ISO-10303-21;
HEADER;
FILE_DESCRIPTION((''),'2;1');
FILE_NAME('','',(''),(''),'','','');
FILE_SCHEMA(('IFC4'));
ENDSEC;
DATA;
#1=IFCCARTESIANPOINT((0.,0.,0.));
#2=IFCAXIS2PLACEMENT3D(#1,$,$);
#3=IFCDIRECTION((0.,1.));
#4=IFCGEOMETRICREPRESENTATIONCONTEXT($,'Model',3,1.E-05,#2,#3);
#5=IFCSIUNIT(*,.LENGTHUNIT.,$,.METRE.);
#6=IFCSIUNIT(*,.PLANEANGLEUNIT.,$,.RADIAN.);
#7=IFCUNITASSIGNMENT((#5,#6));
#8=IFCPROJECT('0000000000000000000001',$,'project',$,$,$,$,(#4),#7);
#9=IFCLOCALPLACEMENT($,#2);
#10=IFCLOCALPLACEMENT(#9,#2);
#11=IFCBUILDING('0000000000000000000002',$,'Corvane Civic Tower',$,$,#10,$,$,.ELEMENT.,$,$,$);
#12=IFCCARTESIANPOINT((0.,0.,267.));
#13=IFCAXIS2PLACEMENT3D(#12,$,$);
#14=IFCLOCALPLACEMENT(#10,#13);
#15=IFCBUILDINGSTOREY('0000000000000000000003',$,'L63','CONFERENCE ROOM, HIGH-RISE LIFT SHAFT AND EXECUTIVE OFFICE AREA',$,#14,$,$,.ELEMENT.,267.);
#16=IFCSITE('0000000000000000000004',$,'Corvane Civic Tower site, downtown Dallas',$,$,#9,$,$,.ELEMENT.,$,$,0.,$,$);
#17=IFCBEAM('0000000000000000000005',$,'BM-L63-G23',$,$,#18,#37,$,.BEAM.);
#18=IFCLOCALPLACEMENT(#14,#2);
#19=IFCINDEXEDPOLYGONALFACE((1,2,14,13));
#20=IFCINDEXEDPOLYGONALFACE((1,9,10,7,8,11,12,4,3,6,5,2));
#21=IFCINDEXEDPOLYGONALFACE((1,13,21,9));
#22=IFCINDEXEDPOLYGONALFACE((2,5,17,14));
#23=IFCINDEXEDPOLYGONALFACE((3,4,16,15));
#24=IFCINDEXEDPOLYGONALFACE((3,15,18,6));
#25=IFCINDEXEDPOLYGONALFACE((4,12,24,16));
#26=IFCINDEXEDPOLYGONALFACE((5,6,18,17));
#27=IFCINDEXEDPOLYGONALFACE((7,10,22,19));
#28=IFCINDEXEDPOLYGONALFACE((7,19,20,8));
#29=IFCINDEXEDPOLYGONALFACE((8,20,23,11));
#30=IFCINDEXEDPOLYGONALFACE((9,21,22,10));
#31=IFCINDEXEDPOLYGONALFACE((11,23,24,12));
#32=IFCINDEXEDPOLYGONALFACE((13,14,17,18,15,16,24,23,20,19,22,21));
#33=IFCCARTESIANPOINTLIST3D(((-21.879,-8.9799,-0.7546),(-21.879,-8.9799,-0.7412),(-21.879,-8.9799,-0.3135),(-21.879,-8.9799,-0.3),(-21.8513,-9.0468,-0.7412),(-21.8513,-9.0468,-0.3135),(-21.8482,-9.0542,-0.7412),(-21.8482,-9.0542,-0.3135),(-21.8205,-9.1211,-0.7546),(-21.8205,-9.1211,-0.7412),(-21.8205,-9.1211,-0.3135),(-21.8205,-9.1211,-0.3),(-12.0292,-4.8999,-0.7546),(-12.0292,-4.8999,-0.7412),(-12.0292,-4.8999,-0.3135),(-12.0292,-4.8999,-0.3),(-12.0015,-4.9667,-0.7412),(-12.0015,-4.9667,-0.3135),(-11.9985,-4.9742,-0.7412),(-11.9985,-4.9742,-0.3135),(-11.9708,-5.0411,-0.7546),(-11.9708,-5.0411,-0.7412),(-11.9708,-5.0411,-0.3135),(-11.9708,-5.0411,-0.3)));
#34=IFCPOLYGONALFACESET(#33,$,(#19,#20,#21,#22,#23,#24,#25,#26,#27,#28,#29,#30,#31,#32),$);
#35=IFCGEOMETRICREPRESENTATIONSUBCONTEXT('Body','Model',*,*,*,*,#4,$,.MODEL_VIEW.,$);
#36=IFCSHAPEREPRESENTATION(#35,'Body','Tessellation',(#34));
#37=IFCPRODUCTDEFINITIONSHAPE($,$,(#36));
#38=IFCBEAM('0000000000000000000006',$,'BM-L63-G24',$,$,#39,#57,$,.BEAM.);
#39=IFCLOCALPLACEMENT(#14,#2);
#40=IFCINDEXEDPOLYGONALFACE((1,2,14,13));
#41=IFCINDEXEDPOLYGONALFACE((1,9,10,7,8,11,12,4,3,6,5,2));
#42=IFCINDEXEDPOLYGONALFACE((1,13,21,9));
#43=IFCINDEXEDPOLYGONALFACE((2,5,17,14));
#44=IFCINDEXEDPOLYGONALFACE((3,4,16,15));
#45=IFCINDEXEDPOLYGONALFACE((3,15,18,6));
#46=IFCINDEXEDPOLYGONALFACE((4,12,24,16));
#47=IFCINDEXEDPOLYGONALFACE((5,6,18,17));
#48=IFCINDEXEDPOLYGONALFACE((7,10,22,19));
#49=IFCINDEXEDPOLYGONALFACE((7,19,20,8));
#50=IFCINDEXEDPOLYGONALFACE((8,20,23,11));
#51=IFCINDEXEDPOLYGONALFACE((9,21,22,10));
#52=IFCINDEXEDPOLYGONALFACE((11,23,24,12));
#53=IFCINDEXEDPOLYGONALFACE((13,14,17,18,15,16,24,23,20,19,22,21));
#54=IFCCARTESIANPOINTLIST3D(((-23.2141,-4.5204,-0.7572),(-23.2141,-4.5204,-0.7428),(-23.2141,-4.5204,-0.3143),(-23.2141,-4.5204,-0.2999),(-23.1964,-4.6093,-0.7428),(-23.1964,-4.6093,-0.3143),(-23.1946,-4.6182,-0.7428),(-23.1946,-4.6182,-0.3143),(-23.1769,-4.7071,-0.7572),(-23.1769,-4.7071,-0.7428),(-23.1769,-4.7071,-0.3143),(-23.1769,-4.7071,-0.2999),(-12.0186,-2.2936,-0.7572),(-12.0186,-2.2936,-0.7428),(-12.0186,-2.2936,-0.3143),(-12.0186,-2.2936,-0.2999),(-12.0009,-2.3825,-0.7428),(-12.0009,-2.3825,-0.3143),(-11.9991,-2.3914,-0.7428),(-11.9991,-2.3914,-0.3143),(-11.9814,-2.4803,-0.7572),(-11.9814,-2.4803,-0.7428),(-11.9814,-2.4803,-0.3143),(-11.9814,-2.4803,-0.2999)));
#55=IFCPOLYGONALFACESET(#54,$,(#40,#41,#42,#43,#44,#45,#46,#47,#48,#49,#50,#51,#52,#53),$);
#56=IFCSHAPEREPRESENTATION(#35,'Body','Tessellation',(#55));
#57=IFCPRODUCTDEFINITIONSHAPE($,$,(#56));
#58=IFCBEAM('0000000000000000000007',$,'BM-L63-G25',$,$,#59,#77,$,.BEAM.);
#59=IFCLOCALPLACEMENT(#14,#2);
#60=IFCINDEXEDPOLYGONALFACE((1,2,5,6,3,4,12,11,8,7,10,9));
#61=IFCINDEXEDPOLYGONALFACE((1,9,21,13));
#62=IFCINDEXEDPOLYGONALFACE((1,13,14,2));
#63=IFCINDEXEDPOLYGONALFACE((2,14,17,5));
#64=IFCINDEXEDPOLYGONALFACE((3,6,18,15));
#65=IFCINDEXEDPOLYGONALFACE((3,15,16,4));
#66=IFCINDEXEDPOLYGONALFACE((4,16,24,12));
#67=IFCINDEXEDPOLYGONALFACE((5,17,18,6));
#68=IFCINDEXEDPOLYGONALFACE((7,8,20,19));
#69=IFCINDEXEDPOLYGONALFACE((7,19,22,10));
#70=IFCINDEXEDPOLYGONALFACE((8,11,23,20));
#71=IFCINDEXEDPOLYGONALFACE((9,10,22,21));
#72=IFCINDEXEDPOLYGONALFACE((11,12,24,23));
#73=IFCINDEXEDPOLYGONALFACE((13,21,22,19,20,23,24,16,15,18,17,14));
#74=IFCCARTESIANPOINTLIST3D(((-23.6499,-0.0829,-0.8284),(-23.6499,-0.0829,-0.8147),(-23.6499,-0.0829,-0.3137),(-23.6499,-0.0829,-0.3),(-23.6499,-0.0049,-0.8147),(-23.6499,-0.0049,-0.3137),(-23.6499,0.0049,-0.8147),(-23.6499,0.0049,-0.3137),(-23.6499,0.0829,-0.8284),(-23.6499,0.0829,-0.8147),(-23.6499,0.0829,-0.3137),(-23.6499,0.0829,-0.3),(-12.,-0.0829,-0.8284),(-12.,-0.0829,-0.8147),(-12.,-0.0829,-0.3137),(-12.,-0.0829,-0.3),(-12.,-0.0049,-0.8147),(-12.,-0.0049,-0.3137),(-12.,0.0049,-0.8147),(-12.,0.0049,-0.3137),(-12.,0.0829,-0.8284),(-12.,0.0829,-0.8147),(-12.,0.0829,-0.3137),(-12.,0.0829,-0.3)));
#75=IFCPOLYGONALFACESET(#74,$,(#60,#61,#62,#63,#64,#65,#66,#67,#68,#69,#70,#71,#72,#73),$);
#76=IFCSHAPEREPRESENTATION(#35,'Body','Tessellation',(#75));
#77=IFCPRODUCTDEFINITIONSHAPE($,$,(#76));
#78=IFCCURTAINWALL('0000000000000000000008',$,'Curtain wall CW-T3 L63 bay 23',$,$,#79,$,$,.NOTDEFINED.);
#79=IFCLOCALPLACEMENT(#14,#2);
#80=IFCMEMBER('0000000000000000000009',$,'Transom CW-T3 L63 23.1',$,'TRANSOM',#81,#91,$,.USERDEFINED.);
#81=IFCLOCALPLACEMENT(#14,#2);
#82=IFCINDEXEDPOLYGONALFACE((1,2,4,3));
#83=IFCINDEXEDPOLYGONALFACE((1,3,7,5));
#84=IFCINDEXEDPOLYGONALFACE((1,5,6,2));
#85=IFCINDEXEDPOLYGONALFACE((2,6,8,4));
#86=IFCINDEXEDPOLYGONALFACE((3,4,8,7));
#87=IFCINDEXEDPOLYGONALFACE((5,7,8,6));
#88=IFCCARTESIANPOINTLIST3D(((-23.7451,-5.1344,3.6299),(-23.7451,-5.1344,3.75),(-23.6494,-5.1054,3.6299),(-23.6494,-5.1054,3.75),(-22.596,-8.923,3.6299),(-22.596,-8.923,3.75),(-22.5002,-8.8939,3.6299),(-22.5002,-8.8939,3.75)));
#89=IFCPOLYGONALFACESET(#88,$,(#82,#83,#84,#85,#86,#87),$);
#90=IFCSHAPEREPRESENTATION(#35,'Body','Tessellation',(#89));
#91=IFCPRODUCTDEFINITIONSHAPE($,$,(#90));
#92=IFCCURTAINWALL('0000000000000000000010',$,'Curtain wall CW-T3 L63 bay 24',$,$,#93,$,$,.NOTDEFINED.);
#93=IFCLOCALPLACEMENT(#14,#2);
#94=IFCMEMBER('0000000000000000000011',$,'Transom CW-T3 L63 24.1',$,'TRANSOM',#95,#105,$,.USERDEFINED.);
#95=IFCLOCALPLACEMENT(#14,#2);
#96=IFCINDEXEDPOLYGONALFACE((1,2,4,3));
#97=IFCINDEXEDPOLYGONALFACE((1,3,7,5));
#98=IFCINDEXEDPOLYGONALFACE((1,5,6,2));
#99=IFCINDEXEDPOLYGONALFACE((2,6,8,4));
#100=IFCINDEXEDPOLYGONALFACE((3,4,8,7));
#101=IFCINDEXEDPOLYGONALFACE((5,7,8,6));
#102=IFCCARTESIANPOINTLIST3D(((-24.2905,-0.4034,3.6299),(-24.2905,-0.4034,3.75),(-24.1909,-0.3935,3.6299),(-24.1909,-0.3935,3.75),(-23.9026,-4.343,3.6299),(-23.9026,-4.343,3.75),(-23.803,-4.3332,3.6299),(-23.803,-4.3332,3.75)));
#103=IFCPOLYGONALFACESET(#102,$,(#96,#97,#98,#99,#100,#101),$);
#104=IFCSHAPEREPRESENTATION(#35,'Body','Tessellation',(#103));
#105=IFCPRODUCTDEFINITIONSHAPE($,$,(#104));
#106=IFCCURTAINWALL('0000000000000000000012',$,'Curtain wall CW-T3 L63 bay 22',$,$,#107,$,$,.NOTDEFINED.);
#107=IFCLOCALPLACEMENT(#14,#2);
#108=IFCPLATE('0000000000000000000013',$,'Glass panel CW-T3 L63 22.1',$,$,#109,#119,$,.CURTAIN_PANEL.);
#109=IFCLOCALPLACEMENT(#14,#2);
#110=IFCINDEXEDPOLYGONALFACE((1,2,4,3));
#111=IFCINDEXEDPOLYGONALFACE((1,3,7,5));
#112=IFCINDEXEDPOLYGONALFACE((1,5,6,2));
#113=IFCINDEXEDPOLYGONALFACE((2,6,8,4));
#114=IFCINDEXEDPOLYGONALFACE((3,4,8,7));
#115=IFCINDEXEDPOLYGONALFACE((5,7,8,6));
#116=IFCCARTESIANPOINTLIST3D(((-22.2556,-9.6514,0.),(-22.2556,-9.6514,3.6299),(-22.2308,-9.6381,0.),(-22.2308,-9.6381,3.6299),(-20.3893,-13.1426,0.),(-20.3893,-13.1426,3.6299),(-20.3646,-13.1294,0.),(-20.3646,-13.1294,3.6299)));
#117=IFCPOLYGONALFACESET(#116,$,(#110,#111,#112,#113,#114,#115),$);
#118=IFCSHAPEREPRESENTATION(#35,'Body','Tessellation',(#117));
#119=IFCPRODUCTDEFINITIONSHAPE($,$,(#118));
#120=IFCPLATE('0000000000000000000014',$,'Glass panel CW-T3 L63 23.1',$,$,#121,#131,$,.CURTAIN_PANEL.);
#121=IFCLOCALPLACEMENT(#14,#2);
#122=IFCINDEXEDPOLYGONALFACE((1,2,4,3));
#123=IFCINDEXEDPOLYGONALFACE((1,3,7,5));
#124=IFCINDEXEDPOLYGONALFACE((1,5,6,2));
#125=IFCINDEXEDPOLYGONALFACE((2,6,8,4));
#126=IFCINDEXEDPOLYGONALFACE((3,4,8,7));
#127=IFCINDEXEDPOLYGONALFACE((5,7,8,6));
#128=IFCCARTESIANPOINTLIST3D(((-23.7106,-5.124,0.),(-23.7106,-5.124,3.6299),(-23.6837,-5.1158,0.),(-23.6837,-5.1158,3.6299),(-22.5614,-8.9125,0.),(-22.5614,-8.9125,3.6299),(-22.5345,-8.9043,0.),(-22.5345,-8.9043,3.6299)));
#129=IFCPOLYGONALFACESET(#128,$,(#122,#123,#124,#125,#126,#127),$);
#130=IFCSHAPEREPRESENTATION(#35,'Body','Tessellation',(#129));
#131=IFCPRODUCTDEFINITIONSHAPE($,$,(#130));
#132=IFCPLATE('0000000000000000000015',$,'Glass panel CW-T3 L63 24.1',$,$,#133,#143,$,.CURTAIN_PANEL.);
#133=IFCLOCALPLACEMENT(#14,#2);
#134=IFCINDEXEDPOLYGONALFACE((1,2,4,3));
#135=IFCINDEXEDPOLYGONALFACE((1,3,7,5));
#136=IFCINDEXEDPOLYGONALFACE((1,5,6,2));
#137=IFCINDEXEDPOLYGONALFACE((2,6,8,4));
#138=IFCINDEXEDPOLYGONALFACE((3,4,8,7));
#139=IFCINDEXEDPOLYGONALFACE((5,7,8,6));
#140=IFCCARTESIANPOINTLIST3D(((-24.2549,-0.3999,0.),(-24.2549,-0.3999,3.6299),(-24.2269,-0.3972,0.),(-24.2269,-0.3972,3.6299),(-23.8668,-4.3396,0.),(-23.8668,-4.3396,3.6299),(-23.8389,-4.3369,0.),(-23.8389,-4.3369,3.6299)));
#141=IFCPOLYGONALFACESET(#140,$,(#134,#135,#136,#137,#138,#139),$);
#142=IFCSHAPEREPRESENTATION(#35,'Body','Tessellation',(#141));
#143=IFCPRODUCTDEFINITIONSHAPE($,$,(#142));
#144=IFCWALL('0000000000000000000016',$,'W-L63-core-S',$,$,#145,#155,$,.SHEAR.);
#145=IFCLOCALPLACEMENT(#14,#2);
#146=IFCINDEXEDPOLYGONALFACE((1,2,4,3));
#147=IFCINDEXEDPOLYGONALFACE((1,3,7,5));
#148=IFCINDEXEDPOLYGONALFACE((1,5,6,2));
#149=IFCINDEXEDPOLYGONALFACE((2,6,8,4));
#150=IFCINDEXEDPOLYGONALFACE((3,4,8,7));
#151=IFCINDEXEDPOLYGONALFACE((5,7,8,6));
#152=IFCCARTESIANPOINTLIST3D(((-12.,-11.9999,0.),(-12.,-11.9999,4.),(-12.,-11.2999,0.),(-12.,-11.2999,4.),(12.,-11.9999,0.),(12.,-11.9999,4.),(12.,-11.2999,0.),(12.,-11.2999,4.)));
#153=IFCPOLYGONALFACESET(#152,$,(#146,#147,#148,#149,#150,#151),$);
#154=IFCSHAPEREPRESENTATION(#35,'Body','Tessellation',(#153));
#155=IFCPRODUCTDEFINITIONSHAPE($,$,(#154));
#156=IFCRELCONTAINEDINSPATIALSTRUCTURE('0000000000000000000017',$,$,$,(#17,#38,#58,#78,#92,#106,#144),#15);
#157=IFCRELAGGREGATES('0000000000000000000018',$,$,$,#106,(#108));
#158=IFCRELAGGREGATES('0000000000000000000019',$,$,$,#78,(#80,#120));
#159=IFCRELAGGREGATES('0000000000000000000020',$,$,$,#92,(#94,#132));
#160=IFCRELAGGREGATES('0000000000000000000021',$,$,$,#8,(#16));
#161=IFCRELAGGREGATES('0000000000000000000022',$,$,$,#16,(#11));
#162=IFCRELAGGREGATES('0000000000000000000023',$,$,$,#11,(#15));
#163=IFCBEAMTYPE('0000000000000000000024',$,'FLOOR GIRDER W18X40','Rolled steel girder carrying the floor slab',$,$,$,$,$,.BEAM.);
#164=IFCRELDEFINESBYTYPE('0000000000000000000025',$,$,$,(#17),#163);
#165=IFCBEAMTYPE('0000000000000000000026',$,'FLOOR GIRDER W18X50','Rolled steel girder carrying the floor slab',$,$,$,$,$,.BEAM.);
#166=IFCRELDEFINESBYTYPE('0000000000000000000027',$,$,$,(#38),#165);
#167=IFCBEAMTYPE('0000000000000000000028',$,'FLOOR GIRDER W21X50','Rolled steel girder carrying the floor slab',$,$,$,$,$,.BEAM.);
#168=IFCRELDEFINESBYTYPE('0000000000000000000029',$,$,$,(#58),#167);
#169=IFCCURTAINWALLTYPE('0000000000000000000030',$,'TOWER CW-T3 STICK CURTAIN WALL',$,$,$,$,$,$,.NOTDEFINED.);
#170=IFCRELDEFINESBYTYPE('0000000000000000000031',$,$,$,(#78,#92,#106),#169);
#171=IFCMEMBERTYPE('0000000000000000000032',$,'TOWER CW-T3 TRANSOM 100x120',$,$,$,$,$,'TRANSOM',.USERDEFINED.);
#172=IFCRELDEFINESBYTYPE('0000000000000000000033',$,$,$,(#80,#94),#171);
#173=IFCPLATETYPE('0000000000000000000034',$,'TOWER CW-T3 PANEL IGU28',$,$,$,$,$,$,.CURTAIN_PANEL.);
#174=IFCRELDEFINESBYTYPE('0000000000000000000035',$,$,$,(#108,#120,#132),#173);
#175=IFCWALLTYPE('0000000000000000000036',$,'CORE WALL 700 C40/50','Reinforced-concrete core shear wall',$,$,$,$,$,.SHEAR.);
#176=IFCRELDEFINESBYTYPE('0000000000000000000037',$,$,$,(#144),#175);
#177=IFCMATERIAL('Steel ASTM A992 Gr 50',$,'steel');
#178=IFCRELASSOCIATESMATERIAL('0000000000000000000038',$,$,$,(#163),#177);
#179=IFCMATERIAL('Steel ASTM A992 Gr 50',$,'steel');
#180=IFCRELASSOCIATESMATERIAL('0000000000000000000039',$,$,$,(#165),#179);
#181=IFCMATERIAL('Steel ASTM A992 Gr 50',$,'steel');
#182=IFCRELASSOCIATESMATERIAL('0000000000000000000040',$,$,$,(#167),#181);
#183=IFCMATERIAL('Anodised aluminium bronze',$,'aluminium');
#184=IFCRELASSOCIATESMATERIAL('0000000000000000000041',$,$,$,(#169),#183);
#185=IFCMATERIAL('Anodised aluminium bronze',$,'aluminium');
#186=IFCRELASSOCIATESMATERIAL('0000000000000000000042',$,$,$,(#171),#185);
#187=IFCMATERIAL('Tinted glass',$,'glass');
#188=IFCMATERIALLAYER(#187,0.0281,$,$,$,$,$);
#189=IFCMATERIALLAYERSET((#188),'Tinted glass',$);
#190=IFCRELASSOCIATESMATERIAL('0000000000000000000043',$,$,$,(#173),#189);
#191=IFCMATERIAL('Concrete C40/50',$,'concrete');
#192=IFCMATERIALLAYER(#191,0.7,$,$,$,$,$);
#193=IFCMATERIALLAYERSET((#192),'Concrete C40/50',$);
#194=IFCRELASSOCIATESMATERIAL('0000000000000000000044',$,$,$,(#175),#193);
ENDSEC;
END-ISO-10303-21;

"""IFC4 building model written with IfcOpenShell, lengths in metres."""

from ifc_helpers import new_model, si_unit, direction, frame, frame_2d, origin, origin_2d, place, context, subcontext, project, spatial, rectangle, i_section, extrude, material, layer, layer_set, material_profile, profile_set, type_object, element, aggregate, save


model = new_model("IFC4")

# Units and contexts
model_context = context("Model", 3, precision=1e-05, world=origin(), true_north=direction((0.0, 1.0)))
body_context = subcontext(model_context, "Body", "Model", "MODEL_VIEW")
ifc_project = project(units=[si_unit("LENGTHUNIT", "METRE"), si_unit("PLANEANGLEUNIT", "RADIAN")], contexts=[model_context])

# Site, building, storey
site_placement = place(None, origin())
site = spatial("IfcSite", under=ifc_project, at=site_placement, Name="Corvane Civic Tower site, downtown Dallas", CompositionType="ELEMENT", RefElevation=0.0)
building_placement = place(site_placement, origin())
building = spatial("IfcBuilding", under=site, at=building_placement, Name="Corvane Civic Tower", CompositionType="ELEMENT")
storey_placement = place(building_placement, frame((0.0, 0.0, 267.0)))
storey = spatial("IfcBuildingStorey", under=building, at=storey_placement, Name="L63", Description="CONFERENCE ROOM, HIGH-RISE LIFT SHAFT AND EXECUTIVE OFFICE AREA", CompositionType="ELEMENT", Elevation=267.0)

# Beams
ifc_material_1 = material(Name="Steel ASTM A992 Gr 50", Category="steel")
ifc_material_profile_1 = material_profile(ifc_material_1, i_section(OverallWidth=0.1528, OverallDepth=0.4546, WebThickness=0.0081, FlangeThickness=0.0134, at=origin_2d()), Name="W18X40")
ifc_profile_set_1 = profile_set([ifc_material_profile_1], Name="Steel ASTM A992 Gr 50")
beam_type_1 = type_object("IfcBeamType", Name="FLOOR GIRDER W18X40", Description="Rolled steel girder carrying the floor slab", PredefinedType="BEAM", material=ifc_profile_set_1)
beam_1_placement = place(storey_placement, frame((-12.0, -4.9705, -0.5273), z_axis=(-0.923875, -0.382694, 0.0), x_axis=(0.382694, -0.923875, 0.0)))
element("IfcBeam", 1, at=beam_1_placement, inside=storey, type_object=beam_type_1, Name="BM-L63-G23", PredefinedType="BEAM", context=body_context, shape_type="SweptSolid", body=[
    extrude(i_section(OverallWidth=0.1528, OverallDepth=0.4546, WebThickness=0.0081, FlangeThickness=0.0134, at=origin_2d()), origin(), (0.0, 0.0, 1.0), 10.6614),
])
ifc_material_2 = material(Name="Steel ASTM A992 Gr 50", Category="steel")
ifc_material_profile_2 = material_profile(ifc_material_2, i_section(OverallWidth=0.1904, OverallDepth=0.4573, WebThickness=0.009, FlangeThickness=0.0144, at=origin_2d()), Name="W18X50")
ifc_profile_set_2 = profile_set([ifc_material_profile_2], Name="Steel ASTM A992 Gr 50")
beam_type_2 = type_object("IfcBeamType", Name="FLOOR GIRDER W18X50", Description="Rolled steel girder carrying the floor slab", PredefinedType="BEAM", material=ifc_profile_set_2)
beam_2_placement = place(storey_placement, frame((-12.0, -2.387, -0.5286), z_axis=(-0.980787, -0.19508, 0.0), x_axis=(0.19508, -0.980787, 0.0)))
element("IfcBeam", 2, at=beam_2_placement, inside=storey, type_object=beam_type_2, Name="BM-L63-G24", PredefinedType="BEAM", context=body_context, shape_type="SweptSolid", body=[
    extrude(i_section(OverallWidth=0.1904, OverallDepth=0.4573, WebThickness=0.009, FlangeThickness=0.0144, at=origin_2d()), origin(), (0.0, 0.0, 1.0), 11.4148),
])
ifc_material_3 = material(Name="Steel ASTM A992 Gr 50", Category="steel")
ifc_material_profile_3 = material_profile(ifc_material_3, i_section(OverallWidth=0.1658, OverallDepth=0.5283, WebThickness=0.0098, FlangeThickness=0.0137, at=origin_2d()), Name="W21X50")
ifc_profile_set_3 = profile_set([ifc_material_profile_3], Name="Steel ASTM A992 Gr 50")
beam_type_3 = type_object("IfcBeamType", Name="FLOOR GIRDER W21X50", Description="Rolled steel girder carrying the floor slab", PredefinedType="BEAM", material=ifc_profile_set_3)
beam_3_placement = place(storey_placement, frame((-12.0, 0.0, -0.5642), z_axis=(-1.0, 0.0, 0.0), x_axis=(0.0, -1.0, 0.0)))
element("IfcBeam", 3, at=beam_3_placement, inside=storey, type_object=beam_type_3, Name="BM-L63-G25", PredefinedType="BEAM", context=body_context, shape_type="SweptSolid", body=[
    extrude(i_section(OverallWidth=0.1658, OverallDepth=0.5283, WebThickness=0.0098, FlangeThickness=0.0137, at=origin_2d()), origin(), (0.0, 0.0, 1.0), 11.6499),
])

# Curtain walls, members
ifc_material_4 = material(Name="Anodised aluminium bronze", Category="aluminium")
curtain_wall_type = type_object("IfcCurtainWallType", Name="TOWER CW-T3 STICK CURTAIN WALL", PredefinedType="NOTDEFINED", material=ifc_material_4)
curtain_wall_1_placement = place(storey_placement, origin())
curtain_wall_1 = element("IfcCurtainWall", 4, at=curtain_wall_1_placement, inside=storey, type_object=curtain_wall_type, Name="Curtain wall CW-T3 L63 bay 23", PredefinedType="NOTDEFINED")
ifc_material_5 = material(Name="Anodised aluminium bronze", Category="aluminium")
ifc_material_profile_4 = material_profile(ifc_material_5, rectangle(XDim=0.1001, YDim=0.1201, at=origin_2d()), Name="TOWER CW-T3 TRANSOM 100x120")
ifc_profile_set_4 = profile_set([ifc_material_profile_4], Name="Anodised aluminium bronze")
member_type = type_object("IfcMemberType", Name="TOWER CW-T3 TRANSOM 100x120", ElementType="TRANSOM", PredefinedType="USERDEFINED", material=ifc_profile_set_4)
member_1_placement = place(storey_placement, frame((-22.5481, -8.9084, 3.6899), z_axis=(-0.290266, 0.956946, 0.0), x_axis=(-0.956946, -0.290266, 0.0)))
member_1 = element("IfcMember", 5, at=member_1_placement, type_object=member_type, Name="Transom CW-T3 L63 23.1", ObjectType="TRANSOM", PredefinedType="USERDEFINED", context=body_context, shape_type="SweptSolid", body=[
    extrude(rectangle(XDim=0.1001, YDim=0.1201, at=origin_2d()), origin(), (0.0, 0.0, 1.0), 3.959),
])
curtain_wall_2_placement = place(storey_placement, origin())
curtain_wall_2 = element("IfcCurtainWall", 6, at=curtain_wall_2_placement, inside=storey, type_object=curtain_wall_type, Name="Curtain wall CW-T3 L63 bay 24", PredefinedType="NOTDEFINED")
member_2_placement = place(storey_placement, frame((-23.8528, -4.3381, 3.6899), z_axis=(-0.097995, 0.995187, 0.0), x_axis=(-0.995187, -0.097995, 0.0)))
member_2 = element("IfcMember", 7, at=member_2_placement, type_object=member_type, Name="Transom CW-T3 L63 24.1", ObjectType="TRANSOM", PredefinedType="USERDEFINED", context=body_context, shape_type="SweptSolid", body=[
    extrude(rectangle(XDim=0.1001, YDim=0.1201, at=origin_2d()), origin(), (0.0, 0.0, 1.0), 3.9587),
])

# Curtain wall, plate
curtain_wall_3_placement = place(storey_placement, origin())
curtain_wall_3 = element("IfcCurtainWall", 8, at=curtain_wall_3_placement, inside=storey, type_object=curtain_wall_type, Name="Curtain wall CW-T3 L63 bay 22", PredefinedType="NOTDEFINED")
ifc_material_6 = material(Name="Tinted glass", Category="glass")
ifc_layer_1 = layer(ifc_material_6, 0.0281)
ifc_layer_set_1 = layer_set([ifc_layer_1], Name="Tinted glass")
plate_type = type_object("IfcPlateType", Name="TOWER CW-T3 PANEL IGU28", PredefinedType="CURTAIN_PANEL", material=ifc_layer_set_1)
plate_1_placement = place(storey_placement, frame((-21.3101, -11.3904, 0.0), z_axis=(0.0, 0.0, 1.0), x_axis=(-0.471421, 0.881908, 0.0)))
plate_1 = element("IfcPlate", 9, at=plate_1_placement, type_object=plate_type, Name="Glass panel CW-T3 L63 22.1", PredefinedType="CURTAIN_PANEL", context=body_context, shape_type="SweptSolid", body=[
    extrude(rectangle(XDim=3.9587, YDim=0.0281, at=origin_2d()), origin(), (0.0, 0.0, 1.0), 3.6299),
])
aggregate(curtain_wall_3, [plate_1])

# Plates
plate_2_placement = place(storey_placement, frame((-23.1226, -7.0142, 0.0), z_axis=(0.0, 0.0, 1.0), x_axis=(-0.290274, 0.956944, 0.0)))
plate_2 = element("IfcPlate", 10, at=plate_2_placement, type_object=plate_type, Name="Glass panel CW-T3 L63 23.1", PredefinedType="CURTAIN_PANEL", context=body_context, shape_type="SweptSolid", body=[
    extrude(rectangle(XDim=3.959, YDim=0.0281, at=origin_2d()), origin(), (0.0, 0.0, 1.0), 3.6299),
])
aggregate(curtain_wall_1, [member_1, plate_2])
plate_3_placement = place(storey_placement, frame((-24.0469, -2.3684, 0.0), z_axis=(0.0, 0.0, 1.0), x_axis=(-0.098021, 0.995184, 0.0)))
plate_3 = element("IfcPlate", 11, at=plate_3_placement, type_object=plate_type, Name="Glass panel CW-T3 L63 24.1", PredefinedType="CURTAIN_PANEL", context=body_context, shape_type="SweptSolid", body=[
    extrude(rectangle(XDim=3.9587, YDim=0.0281, at=origin_2d()), origin(), (0.0, 0.0, 1.0), 3.6299),
])
aggregate(curtain_wall_2, [member_2, plate_3])

# Wall
ifc_material_7 = material(Name="Concrete C40/50", Category="concrete")
ifc_layer_2 = layer(ifc_material_7, 0.7)
ifc_layer_set_2 = layer_set([ifc_layer_2], Name="Concrete C40/50")
wall_type = type_object("IfcWallType", Name="CORE WALL 700 C40/50", Description="Reinforced-concrete core shear wall", PredefinedType="SHEAR", material=ifc_layer_set_2)
wall_1_placement = place(storey_placement, frame((-12.0, -11.6499, 0.0), z_axis=(0.0, 0.0, 1.0), x_axis=(1.0, 0.0, 0.0)))
element("IfcWall", 12, at=wall_1_placement, inside=storey, type_object=wall_type, Name="W-L63-core-S", PredefinedType="SHEAR", context=body_context, shape_type="SweptSolid", body=[
    extrude(rectangle(XDim=24.0, YDim=0.7, at=frame_2d((12.0, 0.0))), origin(), (0.0, 0.0, 1.0), 4.0),
])

save(model, "model.ifc")
